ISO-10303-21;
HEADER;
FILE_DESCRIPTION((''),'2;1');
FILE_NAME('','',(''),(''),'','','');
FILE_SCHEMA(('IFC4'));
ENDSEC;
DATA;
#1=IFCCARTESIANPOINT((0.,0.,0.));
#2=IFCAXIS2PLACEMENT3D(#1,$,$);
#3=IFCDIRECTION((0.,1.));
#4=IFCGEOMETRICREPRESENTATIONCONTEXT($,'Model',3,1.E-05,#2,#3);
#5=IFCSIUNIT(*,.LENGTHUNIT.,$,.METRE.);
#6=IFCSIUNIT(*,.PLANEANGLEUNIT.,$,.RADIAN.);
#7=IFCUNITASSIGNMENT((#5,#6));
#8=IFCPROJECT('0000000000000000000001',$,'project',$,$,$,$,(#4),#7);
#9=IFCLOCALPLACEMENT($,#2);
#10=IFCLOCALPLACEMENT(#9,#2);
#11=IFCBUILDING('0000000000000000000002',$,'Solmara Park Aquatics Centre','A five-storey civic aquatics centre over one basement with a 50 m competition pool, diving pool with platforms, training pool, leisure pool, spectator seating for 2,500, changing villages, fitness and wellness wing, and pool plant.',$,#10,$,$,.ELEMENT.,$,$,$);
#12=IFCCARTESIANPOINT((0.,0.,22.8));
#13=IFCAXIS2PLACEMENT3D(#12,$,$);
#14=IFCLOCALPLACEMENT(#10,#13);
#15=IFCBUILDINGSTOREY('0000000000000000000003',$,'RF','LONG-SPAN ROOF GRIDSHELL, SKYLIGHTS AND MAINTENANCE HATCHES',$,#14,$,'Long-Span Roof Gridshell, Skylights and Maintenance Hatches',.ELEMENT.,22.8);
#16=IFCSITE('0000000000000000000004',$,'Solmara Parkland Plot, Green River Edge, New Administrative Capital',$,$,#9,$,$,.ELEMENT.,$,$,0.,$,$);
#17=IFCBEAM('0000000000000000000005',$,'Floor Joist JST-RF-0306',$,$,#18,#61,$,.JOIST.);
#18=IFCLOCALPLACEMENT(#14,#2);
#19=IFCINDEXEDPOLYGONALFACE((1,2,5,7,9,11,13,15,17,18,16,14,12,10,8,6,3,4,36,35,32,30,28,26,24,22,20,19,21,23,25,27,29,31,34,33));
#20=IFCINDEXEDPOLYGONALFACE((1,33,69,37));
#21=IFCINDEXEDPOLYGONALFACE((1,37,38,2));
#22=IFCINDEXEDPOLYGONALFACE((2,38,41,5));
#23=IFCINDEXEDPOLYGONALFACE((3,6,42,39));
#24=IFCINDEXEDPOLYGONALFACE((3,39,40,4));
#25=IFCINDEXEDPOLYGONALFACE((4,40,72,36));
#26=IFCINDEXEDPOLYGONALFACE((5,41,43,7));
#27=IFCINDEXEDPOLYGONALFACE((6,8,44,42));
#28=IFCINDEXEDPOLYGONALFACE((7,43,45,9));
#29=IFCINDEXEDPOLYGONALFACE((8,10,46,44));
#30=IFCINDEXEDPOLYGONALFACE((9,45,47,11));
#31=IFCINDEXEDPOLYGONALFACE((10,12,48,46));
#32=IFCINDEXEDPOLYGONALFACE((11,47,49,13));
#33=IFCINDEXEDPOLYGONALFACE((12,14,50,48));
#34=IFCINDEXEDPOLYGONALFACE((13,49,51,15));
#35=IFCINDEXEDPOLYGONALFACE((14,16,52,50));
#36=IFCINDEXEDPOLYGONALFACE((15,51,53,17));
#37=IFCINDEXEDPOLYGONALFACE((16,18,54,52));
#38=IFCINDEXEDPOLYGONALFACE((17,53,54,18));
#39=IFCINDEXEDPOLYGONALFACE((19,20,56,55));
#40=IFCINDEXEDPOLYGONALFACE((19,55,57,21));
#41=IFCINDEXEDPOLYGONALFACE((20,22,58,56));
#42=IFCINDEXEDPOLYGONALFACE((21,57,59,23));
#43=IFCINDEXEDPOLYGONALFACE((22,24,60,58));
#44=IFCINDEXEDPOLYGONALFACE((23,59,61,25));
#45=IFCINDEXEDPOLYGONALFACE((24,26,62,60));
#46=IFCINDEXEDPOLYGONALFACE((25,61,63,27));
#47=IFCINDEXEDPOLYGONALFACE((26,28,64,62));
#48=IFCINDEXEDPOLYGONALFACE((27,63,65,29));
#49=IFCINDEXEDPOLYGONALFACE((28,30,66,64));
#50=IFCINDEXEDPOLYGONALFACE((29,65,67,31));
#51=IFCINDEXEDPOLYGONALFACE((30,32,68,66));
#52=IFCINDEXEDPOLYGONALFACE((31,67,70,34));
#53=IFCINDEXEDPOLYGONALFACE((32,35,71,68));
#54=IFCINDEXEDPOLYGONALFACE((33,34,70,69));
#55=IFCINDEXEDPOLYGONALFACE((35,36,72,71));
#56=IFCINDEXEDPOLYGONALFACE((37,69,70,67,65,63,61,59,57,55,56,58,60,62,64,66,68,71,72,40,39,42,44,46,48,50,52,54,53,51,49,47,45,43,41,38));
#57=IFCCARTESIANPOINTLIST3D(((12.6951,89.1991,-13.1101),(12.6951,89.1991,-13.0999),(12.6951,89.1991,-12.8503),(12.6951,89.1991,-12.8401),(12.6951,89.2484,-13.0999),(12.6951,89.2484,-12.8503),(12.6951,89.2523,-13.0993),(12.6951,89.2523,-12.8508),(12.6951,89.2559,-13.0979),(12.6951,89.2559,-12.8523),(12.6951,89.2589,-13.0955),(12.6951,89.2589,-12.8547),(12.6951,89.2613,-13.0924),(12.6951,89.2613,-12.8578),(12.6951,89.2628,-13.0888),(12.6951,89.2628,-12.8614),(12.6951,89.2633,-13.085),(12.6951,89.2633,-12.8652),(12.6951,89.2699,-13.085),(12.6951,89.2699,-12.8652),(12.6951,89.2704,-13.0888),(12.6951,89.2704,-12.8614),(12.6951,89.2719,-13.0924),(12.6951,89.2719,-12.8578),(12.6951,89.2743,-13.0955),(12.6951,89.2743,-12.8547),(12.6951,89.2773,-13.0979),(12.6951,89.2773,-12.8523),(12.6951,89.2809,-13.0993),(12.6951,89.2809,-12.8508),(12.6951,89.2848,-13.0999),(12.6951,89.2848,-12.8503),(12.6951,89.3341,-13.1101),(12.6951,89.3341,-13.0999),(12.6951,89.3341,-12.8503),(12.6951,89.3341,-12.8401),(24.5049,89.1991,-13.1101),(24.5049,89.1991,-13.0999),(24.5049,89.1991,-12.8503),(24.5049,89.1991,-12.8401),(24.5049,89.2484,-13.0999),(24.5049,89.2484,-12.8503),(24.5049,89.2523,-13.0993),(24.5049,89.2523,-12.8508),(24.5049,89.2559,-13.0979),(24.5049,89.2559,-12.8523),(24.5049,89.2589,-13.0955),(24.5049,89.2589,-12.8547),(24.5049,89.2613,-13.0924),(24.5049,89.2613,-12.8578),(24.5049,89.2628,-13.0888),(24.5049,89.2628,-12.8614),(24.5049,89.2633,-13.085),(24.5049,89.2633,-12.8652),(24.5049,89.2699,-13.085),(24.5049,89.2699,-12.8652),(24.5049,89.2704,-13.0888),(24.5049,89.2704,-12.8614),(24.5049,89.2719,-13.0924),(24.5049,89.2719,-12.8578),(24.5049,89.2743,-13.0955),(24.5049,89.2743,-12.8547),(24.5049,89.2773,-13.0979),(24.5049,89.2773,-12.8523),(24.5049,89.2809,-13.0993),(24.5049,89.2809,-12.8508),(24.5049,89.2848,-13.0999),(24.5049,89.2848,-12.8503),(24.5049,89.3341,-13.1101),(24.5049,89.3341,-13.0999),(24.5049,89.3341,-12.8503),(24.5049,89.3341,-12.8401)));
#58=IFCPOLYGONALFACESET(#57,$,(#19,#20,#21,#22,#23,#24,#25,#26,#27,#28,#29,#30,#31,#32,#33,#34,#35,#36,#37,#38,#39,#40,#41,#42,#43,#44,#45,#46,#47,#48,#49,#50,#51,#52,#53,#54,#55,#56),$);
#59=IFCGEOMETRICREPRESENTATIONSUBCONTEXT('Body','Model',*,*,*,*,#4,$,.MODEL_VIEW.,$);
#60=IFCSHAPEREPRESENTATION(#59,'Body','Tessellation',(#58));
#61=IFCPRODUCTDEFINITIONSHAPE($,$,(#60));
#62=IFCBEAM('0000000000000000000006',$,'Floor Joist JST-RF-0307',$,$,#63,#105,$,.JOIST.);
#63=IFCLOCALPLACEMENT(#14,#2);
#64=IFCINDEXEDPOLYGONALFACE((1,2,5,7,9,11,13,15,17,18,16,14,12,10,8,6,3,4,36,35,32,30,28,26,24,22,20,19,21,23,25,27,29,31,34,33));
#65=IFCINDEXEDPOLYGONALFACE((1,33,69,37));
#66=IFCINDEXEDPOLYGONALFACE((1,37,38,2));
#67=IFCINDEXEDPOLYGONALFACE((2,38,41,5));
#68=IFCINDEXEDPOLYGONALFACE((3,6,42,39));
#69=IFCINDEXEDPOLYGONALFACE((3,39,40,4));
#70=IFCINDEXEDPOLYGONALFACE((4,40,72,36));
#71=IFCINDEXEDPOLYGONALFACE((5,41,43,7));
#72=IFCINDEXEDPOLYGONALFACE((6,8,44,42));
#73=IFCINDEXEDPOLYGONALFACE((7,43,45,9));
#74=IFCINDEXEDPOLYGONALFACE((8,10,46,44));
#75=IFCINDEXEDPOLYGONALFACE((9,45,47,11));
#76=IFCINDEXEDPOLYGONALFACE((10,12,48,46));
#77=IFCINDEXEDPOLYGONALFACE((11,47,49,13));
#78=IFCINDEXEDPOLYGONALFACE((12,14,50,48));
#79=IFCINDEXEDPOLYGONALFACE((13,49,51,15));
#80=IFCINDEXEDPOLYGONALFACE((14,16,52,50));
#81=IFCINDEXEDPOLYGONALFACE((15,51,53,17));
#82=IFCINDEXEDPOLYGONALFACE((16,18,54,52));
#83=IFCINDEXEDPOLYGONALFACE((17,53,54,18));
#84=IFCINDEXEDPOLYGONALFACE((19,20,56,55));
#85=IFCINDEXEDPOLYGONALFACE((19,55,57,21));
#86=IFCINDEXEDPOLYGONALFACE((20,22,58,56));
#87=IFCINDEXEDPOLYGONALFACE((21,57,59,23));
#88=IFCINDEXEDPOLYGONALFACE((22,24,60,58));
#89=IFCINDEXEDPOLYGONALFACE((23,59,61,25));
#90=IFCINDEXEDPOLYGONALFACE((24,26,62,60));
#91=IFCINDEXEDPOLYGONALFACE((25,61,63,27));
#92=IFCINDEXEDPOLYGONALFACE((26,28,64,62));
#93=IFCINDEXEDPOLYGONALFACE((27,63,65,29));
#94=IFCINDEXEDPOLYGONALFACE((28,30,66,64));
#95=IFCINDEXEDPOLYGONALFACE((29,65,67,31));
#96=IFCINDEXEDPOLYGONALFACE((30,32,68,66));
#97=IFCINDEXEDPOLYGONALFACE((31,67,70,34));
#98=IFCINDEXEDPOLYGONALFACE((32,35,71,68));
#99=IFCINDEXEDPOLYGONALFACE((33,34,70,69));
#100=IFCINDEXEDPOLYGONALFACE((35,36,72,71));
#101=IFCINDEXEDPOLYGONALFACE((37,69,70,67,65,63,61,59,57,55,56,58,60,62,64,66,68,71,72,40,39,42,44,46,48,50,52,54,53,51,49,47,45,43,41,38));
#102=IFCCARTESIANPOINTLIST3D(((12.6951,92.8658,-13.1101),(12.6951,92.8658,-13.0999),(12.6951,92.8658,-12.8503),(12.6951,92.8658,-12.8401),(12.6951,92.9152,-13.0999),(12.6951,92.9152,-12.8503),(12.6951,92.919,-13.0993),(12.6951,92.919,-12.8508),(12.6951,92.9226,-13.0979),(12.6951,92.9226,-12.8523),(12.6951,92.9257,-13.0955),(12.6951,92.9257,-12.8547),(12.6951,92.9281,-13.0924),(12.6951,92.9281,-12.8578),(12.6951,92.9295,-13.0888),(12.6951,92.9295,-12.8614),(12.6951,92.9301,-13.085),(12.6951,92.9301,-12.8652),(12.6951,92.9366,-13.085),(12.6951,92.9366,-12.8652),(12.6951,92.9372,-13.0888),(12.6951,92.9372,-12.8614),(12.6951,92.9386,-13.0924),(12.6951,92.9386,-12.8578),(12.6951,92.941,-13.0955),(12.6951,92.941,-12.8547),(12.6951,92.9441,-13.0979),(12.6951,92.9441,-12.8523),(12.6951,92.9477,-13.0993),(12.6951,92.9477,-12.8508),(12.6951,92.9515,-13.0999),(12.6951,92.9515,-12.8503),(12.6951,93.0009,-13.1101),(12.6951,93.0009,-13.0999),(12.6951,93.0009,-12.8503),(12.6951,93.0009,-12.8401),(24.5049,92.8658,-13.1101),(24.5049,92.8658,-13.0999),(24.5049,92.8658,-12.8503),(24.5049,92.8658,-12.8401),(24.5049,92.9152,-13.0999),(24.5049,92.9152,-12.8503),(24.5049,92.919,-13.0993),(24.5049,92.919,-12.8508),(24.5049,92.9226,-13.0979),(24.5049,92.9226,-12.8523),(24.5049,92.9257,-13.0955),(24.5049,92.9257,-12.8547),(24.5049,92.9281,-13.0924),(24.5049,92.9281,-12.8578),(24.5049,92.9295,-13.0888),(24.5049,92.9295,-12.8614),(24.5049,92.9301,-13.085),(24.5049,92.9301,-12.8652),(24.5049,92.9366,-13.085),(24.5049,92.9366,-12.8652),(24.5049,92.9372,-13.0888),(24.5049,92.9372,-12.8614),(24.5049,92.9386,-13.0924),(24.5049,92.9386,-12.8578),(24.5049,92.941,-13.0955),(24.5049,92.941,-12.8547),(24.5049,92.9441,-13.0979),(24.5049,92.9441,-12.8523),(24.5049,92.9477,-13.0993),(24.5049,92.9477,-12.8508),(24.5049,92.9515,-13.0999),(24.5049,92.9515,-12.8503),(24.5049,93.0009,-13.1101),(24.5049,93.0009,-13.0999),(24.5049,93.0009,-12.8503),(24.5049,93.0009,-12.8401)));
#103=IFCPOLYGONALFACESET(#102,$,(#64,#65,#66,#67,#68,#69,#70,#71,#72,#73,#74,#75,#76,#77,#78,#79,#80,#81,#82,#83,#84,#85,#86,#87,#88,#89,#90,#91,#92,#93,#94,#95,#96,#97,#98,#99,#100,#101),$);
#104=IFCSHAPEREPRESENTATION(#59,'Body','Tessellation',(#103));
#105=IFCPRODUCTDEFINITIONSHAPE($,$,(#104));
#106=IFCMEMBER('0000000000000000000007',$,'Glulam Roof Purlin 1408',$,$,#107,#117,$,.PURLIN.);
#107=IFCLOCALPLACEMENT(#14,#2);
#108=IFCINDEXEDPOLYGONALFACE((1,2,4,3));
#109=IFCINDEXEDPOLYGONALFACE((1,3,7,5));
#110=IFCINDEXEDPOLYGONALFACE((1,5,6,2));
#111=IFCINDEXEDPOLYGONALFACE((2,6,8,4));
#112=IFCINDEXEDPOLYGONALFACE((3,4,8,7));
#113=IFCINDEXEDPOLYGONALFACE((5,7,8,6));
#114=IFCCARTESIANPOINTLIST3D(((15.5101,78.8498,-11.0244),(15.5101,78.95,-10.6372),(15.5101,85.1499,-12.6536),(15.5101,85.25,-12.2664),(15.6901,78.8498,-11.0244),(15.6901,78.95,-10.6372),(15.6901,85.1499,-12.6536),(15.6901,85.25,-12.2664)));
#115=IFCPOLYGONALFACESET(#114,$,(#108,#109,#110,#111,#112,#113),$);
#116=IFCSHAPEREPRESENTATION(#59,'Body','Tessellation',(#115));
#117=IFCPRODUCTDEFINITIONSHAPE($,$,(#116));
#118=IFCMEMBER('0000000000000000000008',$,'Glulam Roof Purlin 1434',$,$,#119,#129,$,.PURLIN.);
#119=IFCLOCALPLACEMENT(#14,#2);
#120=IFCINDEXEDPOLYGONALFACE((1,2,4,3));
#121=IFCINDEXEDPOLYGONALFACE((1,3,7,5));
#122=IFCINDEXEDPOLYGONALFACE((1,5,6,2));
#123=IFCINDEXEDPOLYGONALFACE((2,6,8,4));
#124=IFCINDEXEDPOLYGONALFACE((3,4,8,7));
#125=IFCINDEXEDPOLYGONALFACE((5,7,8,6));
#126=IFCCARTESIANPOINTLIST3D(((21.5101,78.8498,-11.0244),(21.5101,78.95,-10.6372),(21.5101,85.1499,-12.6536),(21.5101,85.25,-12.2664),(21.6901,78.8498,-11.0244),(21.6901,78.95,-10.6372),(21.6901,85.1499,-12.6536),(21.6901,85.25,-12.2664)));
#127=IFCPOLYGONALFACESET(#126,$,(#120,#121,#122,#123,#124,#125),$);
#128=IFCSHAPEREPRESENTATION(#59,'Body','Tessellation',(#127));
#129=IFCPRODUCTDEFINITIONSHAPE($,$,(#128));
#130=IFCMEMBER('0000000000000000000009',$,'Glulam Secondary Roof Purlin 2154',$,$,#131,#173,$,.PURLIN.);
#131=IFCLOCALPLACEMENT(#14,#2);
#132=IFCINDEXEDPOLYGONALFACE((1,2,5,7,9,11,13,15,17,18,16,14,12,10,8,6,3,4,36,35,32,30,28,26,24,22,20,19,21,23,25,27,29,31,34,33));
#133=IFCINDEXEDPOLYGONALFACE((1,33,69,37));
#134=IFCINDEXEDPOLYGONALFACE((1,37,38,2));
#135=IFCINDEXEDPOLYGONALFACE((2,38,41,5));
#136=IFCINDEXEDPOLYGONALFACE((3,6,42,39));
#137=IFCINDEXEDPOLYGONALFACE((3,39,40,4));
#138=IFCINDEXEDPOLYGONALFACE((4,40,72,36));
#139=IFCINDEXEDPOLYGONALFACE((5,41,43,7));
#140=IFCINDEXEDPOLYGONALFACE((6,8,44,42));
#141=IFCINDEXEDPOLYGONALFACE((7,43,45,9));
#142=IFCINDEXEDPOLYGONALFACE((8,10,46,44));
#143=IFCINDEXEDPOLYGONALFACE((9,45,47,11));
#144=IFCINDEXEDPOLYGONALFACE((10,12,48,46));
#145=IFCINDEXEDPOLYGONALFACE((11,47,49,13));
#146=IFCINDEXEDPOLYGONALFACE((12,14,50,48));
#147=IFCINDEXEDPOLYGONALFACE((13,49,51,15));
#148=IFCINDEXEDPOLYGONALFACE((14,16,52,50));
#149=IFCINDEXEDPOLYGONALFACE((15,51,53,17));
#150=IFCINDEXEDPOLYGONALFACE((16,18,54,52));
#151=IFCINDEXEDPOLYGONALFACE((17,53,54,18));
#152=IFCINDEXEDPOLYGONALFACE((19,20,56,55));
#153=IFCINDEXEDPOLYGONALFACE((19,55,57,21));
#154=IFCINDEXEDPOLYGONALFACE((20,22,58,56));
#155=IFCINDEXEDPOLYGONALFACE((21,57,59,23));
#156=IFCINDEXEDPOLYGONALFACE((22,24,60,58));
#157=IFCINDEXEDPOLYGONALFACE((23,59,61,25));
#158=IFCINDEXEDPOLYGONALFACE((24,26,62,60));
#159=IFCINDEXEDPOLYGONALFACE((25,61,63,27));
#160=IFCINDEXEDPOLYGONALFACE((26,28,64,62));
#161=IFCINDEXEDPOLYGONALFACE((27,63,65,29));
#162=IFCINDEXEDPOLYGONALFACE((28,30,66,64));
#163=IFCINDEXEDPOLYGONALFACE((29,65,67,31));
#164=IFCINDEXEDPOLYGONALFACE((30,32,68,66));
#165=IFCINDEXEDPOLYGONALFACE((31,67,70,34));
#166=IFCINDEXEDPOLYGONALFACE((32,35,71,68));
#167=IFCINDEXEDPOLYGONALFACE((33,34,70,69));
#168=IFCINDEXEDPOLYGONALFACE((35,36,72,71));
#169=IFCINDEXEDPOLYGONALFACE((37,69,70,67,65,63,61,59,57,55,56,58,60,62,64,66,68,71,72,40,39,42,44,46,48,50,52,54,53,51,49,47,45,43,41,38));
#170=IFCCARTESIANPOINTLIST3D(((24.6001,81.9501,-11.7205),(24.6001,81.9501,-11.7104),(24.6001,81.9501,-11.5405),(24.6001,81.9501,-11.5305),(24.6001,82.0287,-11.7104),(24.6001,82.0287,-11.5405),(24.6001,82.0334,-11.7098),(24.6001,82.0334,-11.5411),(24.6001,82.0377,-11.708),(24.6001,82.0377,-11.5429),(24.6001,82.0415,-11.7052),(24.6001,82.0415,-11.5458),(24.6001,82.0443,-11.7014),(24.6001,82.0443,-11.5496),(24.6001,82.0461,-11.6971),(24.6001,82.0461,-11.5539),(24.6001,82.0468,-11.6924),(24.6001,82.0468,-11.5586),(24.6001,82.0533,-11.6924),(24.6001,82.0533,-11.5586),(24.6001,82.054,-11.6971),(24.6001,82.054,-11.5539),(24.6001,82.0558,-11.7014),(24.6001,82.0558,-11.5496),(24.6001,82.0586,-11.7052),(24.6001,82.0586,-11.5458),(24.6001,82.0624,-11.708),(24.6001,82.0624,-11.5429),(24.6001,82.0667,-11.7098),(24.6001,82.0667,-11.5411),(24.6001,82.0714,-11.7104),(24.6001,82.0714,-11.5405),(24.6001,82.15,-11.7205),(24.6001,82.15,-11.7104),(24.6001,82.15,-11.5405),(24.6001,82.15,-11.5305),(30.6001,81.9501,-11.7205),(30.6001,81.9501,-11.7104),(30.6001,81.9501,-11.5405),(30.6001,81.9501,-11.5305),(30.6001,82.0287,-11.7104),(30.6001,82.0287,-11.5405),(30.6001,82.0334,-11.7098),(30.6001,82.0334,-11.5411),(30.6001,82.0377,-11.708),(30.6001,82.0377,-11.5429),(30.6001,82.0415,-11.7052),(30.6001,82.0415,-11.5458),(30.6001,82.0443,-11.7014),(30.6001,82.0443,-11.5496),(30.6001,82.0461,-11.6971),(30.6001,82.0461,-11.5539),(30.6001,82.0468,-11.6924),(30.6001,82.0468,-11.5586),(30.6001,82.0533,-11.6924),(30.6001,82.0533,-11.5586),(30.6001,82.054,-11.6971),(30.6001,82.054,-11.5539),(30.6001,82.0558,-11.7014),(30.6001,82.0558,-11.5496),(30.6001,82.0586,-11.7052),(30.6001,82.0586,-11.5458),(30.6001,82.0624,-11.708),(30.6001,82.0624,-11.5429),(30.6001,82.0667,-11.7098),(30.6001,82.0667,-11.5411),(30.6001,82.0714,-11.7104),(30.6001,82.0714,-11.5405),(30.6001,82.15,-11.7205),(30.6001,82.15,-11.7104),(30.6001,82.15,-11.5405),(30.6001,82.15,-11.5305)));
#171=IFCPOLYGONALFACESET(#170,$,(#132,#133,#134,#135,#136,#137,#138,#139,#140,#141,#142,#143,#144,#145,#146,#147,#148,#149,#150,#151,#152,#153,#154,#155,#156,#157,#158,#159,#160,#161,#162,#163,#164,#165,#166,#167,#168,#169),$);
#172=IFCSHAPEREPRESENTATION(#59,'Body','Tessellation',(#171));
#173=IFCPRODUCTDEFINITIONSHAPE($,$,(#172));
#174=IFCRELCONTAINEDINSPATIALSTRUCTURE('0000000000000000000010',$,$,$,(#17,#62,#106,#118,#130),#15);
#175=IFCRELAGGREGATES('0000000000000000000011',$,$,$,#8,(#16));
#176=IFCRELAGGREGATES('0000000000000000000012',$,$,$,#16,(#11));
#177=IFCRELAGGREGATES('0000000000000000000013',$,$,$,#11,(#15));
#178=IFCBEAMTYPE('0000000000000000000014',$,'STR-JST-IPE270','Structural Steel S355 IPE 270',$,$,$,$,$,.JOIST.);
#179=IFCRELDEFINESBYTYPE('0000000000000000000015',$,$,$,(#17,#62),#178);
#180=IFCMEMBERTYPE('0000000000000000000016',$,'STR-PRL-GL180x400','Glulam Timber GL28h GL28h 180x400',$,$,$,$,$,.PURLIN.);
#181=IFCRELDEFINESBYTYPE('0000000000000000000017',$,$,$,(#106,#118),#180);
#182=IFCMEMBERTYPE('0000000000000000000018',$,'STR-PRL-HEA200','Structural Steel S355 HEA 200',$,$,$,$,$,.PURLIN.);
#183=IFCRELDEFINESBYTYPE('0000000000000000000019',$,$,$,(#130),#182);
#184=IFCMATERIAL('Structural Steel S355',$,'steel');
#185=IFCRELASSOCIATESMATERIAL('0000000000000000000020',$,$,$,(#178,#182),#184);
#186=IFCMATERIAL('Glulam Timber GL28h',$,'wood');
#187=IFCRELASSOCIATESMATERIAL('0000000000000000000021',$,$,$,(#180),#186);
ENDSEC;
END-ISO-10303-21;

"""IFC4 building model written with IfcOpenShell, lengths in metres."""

from ifc_helpers import new_model, si_unit, direction, frame, origin, origin_2d, place, context, subcontext, project, spatial, rectangle, i_section, extrude, material, material_profile, profile_set, type_object, element, save


model = new_model("IFC4")

# Units and contexts
model_context = context("Model", 3, precision=1e-05, world=origin(), true_north=direction((0.0, 1.0)))
body_context = subcontext(model_context, "Body", "Model", "MODEL_VIEW")
ifc_project = project(units=[si_unit("LENGTHUNIT", "METRE"), si_unit("PLANEANGLEUNIT", "RADIAN")], contexts=[model_context])

# Site, building, storey
site_placement = place(None, origin())
site = spatial("IfcSite", under=ifc_project, at=site_placement, Name="Solmara Parkland Plot, Green River Edge, New Administrative Capital", CompositionType="ELEMENT", RefElevation=0.0)
building_placement = place(site_placement, origin())
building = spatial("IfcBuilding", under=site, at=building_placement, Name="Solmara Park Aquatics Centre", Description="A five-storey civic aquatics centre over one basement with a 50 m competition pool, diving pool with platforms, training pool, leisure pool, spectator seating for 2,500, changing villages, fitness and wellness wing, and pool plant.", CompositionType="ELEMENT")
storey_placement = place(building_placement, frame((0.0, 0.0, 22.8)))
storey = spatial("IfcBuildingStorey", under=building, at=storey_placement, Name="RF", Description="LONG-SPAN ROOF GRIDSHELL, SKYLIGHTS AND MAINTENANCE HATCHES", LongName="Long-Span Roof Gridshell, Skylights and Maintenance Hatches", CompositionType="ELEMENT", Elevation=22.8)

# Shared definitions
ifc_material_1 = material(Name="Structural Steel S355", Category="steel")
ifc_material_2 = material(Name="Glulam Timber GL28h", Category="wood")

# Beams
ifc_material_profile_1 = material_profile(ifc_material_1, i_section(OverallWidth=0.135, OverallDepth=0.27, WebThickness=0.0066, FlangeThickness=0.0103, FilletRadius=0.0149, at=origin_2d()), Name="IPE 270")
ifc_profile_set_1 = profile_set([ifc_material_profile_1], Name="Structural Steel S355")
beam_type = type_object("IfcBeamType", Name="STR-JST-IPE270", Description="Structural Steel S355 IPE 270", PredefinedType="JOIST", material=ifc_profile_set_1)
for number, where, z_axis, x_axis, name in (
    (1, (12.6951, 89.2666, -12.9751), (1.0, 0.0, 0.0), (0.0, 1.0, 0.0), "Floor Joist JST-RF-0306"),
    (2, (12.6951, 92.9333, -12.9751), (1.0, 0.0, 0.0), (0.0, 1.0, 0.0), "Floor Joist JST-RF-0307"),
):
    element("IfcBeam", number, at=place(storey_placement, frame(where, z_axis=z_axis, x_axis=x_axis)), inside=storey, type_object=beam_type, Name=name, PredefinedType="JOIST", context=body_context, shape_type="SweptSolid", body=[
        extrude(i_section(OverallWidth=0.135, OverallDepth=0.27, WebThickness=0.0066, FlangeThickness=0.0103, FilletRadius=0.0149, at=origin_2d()), origin(), (0.0, 0.0, 1.0), 11.8098),
    ])

# Members
ifc_material_profile_2 = material_profile(ifc_material_2, rectangle(XDim=0.1799, YDim=0.3999, at=origin_2d()), Name="GL28h 180x400")
ifc_profile_set_2 = profile_set([ifc_material_profile_2], Name="Glulam Timber GL28h")
member_type_1 = type_object("IfcMemberType", Name="STR-PRL-GL180x400", Description="Glulam Timber GL28h GL28h 180x400", PredefinedType="PURLIN", material=ifc_profile_set_2)
for number, where, z_axis, x_axis, name in (
    (3, (15.6001, 78.8999, -10.8308), (0.0, 0.968153, -0.250358), (-1.0, 0.0, 0.0), "Glulam Roof Purlin 1408"),
    (4, (21.6001, 78.8999, -10.8308), (0.0, 0.968153, -0.250358), (-1.0, 0.0, 0.0), "Glulam Roof Purlin 1434"),
):
    element("IfcMember", number, at=place(storey_placement, frame(where, z_axis=z_axis, x_axis=x_axis)), inside=storey, type_object=member_type_1, Name=name, PredefinedType="PURLIN", context=body_context, shape_type="SweptSolid", body=[
        extrude(rectangle(XDim=0.1799, YDim=0.3999, at=origin_2d()), origin(), (0.0, 0.0, 1.0), 6.5073),
    ])
ifc_material_profile_3 = material_profile(ifc_material_1, i_section(OverallWidth=0.2, OverallDepth=0.1899, WebThickness=0.0066, FlangeThickness=0.01, FilletRadius=0.0181, at=origin_2d()), Name="HEA 200")
ifc_profile_set_3 = profile_set([ifc_material_profile_3], Name="Structural Steel S355")
member_type_2 = type_object("IfcMemberType", Name="STR-PRL-HEA200", Description="Structural Steel S355 HEA 200", PredefinedType="PURLIN", material=ifc_profile_set_3)
member_1_placement = place(storey_placement, frame((24.6001, 82.05, -11.6255), z_axis=(1.0, 0.0, 0.0), x_axis=(0.0, 1.0, 0.0)))
element("IfcMember", 5, at=member_1_placement, inside=storey, type_object=member_type_2, Name="Glulam Secondary Roof Purlin 2154", PredefinedType="PURLIN", context=body_context, shape_type="SweptSolid", body=[
    extrude(i_section(OverallWidth=0.2, OverallDepth=0.1899, WebThickness=0.0066, FlangeThickness=0.01, FilletRadius=0.0181, at=origin_2d()), origin(), (0.0, 0.0, 1.0), 6.0),
])

save(model, "model.ifc")
